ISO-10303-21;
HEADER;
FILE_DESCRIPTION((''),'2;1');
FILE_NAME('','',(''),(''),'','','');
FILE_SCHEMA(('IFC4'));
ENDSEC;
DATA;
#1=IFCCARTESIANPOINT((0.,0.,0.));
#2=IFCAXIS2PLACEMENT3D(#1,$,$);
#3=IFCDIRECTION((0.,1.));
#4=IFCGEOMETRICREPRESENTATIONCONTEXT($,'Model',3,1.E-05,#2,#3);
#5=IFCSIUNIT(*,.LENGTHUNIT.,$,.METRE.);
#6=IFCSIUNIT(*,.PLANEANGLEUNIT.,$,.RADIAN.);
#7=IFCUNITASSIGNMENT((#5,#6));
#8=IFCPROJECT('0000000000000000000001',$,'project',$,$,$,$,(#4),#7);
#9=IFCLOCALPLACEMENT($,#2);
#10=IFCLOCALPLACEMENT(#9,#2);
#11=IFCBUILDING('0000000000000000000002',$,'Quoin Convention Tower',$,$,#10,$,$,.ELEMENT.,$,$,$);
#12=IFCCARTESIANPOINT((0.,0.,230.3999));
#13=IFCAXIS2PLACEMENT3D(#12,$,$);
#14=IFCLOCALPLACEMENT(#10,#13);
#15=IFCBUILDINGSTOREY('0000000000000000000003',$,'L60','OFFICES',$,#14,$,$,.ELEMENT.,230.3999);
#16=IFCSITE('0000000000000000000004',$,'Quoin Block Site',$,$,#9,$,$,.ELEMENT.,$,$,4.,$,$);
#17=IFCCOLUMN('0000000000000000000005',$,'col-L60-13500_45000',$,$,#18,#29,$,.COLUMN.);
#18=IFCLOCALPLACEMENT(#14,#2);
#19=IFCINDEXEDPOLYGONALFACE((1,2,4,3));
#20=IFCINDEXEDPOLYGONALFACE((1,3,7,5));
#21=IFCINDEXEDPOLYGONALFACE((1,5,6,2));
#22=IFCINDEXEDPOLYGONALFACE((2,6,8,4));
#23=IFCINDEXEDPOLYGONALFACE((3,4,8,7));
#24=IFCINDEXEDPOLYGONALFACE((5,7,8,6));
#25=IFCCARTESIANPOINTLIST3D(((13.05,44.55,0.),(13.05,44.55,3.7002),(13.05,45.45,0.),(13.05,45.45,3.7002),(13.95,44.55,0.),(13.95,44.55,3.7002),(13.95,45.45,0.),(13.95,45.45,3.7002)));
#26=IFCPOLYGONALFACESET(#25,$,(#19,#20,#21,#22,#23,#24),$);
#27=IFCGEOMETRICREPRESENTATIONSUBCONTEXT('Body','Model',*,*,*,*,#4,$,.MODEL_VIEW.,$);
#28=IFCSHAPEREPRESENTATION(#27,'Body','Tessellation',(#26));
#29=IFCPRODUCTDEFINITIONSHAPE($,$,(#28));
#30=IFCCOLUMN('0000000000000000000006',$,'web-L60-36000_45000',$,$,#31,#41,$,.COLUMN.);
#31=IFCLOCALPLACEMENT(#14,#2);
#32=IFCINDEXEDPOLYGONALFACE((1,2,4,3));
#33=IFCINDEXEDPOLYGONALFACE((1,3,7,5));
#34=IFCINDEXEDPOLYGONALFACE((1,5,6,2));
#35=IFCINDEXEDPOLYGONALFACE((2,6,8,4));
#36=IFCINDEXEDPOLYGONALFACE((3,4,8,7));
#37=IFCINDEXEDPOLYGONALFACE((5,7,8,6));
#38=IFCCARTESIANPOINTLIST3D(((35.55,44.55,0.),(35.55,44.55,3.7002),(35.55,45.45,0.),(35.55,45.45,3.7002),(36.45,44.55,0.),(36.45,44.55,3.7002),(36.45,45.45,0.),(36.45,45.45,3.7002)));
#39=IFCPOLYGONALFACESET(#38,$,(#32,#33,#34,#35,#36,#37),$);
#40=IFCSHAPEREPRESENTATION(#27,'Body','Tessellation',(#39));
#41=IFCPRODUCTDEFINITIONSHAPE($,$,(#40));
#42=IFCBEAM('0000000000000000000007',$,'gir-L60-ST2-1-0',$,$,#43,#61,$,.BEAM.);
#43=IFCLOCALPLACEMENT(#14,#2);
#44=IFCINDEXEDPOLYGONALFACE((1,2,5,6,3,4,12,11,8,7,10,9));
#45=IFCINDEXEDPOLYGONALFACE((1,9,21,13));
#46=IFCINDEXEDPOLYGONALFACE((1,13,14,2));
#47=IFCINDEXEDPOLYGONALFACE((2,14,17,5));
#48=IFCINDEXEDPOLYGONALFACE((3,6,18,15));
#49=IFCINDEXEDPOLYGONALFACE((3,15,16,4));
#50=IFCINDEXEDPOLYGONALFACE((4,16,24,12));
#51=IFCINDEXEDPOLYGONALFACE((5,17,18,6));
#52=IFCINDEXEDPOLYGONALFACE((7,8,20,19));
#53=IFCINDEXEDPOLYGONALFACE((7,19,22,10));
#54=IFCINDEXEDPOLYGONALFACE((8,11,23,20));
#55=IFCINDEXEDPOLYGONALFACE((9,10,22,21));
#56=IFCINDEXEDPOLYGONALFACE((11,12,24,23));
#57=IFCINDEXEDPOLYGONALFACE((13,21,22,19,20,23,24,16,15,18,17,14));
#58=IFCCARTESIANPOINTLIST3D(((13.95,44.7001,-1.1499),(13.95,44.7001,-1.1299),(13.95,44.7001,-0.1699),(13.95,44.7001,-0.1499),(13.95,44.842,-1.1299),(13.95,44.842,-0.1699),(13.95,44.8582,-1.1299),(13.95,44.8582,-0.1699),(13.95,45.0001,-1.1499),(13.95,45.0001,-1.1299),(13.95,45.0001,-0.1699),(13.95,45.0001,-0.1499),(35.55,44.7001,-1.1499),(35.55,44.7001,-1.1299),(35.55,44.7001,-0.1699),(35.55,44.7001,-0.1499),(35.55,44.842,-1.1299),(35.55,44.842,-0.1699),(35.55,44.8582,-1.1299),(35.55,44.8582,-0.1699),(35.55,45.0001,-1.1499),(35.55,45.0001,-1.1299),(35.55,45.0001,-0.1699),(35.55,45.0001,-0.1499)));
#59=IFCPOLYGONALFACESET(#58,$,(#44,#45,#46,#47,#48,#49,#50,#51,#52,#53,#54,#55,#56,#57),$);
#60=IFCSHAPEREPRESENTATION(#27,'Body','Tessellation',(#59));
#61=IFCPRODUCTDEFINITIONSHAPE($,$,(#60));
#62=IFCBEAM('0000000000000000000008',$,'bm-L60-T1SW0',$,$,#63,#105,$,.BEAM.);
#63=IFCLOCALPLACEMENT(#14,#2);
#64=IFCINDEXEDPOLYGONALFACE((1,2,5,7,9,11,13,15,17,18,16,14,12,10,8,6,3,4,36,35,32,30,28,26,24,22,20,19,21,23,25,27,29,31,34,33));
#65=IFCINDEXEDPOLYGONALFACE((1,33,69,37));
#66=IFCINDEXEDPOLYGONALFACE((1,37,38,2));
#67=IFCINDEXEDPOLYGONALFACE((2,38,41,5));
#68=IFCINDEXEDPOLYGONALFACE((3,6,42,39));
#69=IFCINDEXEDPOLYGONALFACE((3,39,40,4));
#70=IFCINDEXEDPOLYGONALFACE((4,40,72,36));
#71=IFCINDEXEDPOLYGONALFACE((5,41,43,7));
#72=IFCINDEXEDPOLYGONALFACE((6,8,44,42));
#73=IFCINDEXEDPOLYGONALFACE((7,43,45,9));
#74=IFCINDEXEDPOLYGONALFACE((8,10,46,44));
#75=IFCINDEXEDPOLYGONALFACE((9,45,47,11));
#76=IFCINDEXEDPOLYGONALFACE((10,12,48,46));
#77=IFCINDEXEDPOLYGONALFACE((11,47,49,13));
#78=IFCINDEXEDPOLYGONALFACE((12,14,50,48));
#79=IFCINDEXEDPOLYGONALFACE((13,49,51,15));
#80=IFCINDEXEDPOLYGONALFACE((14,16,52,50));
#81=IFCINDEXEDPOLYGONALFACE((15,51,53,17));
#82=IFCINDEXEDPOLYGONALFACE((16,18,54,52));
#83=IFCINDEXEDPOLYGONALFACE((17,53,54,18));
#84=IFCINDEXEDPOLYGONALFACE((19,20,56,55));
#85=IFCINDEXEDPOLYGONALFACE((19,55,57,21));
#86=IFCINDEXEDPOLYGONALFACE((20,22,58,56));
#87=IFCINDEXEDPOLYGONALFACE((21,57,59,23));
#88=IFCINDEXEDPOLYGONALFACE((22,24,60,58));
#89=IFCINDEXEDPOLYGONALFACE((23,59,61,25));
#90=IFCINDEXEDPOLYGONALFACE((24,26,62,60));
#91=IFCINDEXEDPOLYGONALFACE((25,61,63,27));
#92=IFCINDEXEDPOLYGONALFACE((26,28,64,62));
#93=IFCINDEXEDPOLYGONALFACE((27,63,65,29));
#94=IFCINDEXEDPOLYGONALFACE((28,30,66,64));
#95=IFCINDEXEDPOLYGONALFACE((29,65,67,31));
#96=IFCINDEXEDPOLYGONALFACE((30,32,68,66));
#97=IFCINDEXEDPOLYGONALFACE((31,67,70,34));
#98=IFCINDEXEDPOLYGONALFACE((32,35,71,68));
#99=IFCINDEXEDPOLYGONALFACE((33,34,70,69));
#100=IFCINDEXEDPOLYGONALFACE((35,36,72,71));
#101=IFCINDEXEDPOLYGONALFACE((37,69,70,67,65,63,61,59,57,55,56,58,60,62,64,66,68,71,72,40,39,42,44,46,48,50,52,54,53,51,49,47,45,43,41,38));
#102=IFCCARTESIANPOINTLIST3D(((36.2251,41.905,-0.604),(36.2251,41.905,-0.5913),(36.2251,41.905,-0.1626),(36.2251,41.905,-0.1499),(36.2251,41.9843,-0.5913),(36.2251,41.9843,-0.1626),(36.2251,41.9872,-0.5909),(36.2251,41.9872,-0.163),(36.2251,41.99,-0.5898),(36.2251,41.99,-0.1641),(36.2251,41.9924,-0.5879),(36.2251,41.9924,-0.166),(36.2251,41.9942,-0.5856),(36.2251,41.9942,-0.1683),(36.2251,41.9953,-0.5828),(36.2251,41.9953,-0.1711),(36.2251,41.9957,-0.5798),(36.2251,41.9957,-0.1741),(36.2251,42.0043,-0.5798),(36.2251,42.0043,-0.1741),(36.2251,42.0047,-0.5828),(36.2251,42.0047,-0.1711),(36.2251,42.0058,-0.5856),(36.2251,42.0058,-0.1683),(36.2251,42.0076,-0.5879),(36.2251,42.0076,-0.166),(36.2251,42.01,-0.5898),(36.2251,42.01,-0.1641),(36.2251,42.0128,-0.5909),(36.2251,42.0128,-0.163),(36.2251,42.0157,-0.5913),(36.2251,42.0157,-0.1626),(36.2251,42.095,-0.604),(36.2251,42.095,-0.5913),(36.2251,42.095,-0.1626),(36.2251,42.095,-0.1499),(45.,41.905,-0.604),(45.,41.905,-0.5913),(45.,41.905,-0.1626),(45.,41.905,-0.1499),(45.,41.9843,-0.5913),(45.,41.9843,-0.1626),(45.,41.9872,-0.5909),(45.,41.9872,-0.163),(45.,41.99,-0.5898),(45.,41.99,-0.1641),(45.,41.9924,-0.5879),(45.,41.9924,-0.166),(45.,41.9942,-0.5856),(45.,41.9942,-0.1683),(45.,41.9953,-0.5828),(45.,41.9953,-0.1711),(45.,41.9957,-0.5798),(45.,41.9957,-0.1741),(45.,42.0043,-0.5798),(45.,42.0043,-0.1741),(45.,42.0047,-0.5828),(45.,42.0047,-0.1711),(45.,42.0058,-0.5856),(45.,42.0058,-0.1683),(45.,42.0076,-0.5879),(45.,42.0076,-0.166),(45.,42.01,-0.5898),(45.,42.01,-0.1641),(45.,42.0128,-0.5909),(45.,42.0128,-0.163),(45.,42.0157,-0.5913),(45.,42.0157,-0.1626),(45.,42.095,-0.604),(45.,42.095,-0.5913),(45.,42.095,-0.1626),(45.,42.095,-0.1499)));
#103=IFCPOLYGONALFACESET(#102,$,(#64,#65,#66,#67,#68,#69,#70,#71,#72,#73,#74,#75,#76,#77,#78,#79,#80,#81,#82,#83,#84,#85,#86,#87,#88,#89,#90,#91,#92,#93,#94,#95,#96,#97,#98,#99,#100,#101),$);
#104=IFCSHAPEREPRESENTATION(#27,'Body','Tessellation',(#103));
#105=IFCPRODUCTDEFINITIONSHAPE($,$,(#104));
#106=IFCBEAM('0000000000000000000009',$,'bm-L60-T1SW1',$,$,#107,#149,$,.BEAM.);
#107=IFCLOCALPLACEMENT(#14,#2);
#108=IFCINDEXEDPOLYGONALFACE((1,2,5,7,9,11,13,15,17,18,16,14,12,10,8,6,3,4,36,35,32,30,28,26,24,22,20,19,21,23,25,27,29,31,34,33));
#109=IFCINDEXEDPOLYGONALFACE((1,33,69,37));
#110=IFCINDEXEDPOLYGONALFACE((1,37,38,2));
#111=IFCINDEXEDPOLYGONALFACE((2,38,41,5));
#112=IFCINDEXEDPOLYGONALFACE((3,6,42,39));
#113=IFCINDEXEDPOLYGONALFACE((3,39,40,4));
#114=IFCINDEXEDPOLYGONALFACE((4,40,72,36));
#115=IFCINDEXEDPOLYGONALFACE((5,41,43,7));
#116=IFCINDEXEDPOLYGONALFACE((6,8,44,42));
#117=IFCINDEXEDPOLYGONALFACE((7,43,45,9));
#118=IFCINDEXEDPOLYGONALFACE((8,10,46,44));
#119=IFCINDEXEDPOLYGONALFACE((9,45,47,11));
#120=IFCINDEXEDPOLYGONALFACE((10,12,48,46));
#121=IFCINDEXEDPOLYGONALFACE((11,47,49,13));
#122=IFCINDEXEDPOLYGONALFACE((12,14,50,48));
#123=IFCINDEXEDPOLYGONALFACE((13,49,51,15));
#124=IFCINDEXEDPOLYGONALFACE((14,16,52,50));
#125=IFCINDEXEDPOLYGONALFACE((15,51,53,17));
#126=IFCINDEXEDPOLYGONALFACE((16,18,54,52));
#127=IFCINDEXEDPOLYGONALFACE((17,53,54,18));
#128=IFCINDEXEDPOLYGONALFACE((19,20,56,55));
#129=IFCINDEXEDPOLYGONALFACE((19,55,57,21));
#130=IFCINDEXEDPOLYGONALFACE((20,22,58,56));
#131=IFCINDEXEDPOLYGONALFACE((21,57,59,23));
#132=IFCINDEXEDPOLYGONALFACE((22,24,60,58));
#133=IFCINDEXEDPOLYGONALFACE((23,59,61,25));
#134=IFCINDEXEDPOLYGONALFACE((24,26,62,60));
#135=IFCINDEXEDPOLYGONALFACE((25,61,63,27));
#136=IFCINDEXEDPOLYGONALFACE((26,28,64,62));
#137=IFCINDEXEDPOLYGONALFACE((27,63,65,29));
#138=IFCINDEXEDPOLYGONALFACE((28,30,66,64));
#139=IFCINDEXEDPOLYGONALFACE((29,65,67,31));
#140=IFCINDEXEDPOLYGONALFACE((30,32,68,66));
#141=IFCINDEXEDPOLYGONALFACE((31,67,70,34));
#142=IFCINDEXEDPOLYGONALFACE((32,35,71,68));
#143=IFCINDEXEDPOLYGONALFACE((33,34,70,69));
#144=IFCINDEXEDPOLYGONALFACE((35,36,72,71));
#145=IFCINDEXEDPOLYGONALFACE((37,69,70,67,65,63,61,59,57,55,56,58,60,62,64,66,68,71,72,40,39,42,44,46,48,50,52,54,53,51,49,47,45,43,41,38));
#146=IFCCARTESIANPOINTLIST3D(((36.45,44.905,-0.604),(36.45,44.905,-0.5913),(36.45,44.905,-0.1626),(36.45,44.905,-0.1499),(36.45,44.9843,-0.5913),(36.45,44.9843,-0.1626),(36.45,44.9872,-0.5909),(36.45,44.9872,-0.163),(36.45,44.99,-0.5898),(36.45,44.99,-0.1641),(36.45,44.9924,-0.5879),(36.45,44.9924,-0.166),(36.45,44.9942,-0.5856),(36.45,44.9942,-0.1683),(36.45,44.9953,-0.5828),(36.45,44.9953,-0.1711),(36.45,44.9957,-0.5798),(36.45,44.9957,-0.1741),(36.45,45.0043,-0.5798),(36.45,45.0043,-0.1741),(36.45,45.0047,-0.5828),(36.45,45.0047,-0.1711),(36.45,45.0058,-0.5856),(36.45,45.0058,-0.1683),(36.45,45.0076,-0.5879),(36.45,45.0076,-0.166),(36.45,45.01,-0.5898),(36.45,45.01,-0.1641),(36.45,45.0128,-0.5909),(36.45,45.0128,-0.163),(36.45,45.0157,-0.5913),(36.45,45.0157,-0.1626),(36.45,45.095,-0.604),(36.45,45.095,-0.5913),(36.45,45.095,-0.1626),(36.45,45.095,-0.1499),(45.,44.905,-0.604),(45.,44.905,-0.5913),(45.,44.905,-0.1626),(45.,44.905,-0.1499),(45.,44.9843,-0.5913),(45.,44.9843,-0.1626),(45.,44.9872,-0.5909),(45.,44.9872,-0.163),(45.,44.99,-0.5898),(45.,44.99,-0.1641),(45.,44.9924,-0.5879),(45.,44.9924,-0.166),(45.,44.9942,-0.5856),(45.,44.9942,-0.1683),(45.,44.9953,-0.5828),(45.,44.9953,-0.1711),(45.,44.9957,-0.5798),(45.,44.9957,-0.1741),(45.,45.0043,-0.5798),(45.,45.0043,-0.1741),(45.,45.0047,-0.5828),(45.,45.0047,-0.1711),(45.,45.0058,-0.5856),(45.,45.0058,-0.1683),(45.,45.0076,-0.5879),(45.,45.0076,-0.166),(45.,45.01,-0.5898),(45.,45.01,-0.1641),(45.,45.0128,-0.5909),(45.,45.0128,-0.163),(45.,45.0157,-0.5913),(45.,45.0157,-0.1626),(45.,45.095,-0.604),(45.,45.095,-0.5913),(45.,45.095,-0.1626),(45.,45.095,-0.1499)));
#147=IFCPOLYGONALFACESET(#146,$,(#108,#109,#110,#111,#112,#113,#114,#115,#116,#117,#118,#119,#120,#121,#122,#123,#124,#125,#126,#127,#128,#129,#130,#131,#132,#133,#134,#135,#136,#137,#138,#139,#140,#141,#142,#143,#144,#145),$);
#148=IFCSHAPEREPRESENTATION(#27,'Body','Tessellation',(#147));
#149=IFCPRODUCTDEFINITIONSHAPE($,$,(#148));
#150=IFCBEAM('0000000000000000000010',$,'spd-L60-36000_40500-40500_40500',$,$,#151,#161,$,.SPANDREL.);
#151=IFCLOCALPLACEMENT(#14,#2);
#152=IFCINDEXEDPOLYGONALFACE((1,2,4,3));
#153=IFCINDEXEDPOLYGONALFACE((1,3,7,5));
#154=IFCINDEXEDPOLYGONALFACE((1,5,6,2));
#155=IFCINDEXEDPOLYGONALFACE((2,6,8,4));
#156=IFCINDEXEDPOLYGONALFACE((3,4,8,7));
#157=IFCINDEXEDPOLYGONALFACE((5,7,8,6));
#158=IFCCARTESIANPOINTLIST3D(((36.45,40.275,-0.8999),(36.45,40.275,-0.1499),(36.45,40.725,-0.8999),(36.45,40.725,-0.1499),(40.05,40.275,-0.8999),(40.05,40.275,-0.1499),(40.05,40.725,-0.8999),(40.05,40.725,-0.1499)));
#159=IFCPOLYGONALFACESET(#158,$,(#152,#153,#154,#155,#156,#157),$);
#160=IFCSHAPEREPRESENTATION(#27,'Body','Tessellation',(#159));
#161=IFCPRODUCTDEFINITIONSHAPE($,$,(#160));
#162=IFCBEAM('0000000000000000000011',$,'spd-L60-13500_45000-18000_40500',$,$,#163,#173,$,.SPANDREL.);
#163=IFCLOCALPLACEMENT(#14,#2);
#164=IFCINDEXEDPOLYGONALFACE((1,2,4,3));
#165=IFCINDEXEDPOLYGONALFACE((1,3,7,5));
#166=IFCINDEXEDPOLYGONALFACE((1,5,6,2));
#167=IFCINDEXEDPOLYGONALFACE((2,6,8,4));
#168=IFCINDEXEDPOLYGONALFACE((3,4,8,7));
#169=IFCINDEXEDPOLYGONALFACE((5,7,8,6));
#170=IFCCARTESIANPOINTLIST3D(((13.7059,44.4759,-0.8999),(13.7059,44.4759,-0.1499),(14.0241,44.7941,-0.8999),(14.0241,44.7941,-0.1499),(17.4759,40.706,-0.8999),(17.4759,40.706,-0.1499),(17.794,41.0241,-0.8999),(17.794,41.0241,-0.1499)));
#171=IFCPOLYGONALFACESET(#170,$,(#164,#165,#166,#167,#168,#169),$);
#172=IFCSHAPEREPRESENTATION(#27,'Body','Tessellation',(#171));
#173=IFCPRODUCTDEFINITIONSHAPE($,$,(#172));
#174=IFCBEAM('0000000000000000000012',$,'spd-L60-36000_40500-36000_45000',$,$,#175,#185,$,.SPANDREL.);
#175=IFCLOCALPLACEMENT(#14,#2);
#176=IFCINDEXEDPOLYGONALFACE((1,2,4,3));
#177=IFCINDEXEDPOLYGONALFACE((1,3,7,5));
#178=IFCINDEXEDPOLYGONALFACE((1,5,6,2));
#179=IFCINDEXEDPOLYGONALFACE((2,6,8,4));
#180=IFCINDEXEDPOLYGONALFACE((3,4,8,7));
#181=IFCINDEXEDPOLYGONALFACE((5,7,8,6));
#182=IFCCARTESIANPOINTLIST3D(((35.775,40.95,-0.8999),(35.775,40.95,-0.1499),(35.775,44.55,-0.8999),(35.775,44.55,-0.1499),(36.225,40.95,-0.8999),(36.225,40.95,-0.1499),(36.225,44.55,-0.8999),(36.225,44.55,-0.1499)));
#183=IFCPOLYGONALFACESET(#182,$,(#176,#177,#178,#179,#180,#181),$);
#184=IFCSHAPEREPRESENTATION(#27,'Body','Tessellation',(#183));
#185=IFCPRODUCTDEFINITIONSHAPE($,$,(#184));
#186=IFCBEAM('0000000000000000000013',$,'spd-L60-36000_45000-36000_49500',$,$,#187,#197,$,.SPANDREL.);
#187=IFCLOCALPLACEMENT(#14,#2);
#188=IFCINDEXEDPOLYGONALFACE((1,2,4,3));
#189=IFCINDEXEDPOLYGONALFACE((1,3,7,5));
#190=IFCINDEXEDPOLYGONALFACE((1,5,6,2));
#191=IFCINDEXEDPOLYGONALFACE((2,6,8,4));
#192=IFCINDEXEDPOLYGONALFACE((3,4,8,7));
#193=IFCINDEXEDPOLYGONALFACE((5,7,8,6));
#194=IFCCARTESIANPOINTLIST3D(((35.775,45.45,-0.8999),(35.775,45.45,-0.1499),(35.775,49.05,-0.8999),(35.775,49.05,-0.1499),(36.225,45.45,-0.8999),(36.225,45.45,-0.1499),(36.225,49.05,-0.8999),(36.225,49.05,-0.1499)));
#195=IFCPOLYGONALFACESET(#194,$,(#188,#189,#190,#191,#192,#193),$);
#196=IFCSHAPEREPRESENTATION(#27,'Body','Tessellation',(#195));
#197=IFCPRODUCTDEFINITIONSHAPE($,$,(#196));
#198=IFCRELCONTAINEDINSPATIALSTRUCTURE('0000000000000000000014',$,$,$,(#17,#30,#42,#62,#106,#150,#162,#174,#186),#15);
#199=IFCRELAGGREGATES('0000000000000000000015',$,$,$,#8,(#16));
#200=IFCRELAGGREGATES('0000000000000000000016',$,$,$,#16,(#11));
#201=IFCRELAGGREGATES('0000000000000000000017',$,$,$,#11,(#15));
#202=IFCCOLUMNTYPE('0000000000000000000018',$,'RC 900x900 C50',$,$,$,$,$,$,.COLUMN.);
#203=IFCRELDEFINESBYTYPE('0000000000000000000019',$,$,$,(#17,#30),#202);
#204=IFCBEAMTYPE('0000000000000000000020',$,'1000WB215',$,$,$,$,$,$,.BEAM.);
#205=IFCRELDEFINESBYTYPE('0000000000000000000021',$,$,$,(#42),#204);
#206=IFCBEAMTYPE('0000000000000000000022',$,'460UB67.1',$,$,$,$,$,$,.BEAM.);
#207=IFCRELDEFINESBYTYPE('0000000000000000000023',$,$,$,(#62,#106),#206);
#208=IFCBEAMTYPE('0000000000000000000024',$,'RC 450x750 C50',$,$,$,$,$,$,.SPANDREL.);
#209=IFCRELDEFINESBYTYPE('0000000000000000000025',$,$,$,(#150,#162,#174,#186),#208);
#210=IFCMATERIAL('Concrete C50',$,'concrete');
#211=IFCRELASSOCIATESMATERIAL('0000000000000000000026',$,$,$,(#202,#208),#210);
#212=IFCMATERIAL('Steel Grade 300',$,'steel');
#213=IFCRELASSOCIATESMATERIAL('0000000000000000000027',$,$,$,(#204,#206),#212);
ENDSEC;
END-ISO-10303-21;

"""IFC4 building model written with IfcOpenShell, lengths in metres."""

from ifc_helpers import new_model, si_unit, direction, frame, origin, origin_2d, place, context, subcontext, project, spatial, rectangle, i_section, extrude, material, material_profile, profile_set, type_object, element, save


model = new_model("IFC4")

# Units and contexts
model_context = context("Model", 3, precision=1e-05, world=origin(), true_north=direction((0.0, 1.0)))
body_context = subcontext(model_context, "Body", "Model", "MODEL_VIEW")
ifc_project = project(units=[si_unit("LENGTHUNIT", "METRE"), si_unit("PLANEANGLEUNIT", "RADIAN")], contexts=[model_context])

# Site, building, storey
site_placement = place(None, origin())
site = spatial("IfcSite", under=ifc_project, at=site_placement, Name="Quoin Block Site", CompositionType="ELEMENT", RefElevation=4.0)
building_placement = place(site_placement, origin())
building = spatial("IfcBuilding", under=site, at=building_placement, Name="Quoin Convention Tower", CompositionType="ELEMENT")
storey_placement = place(building_placement, frame((0.0, 0.0, 230.3999)))
storey = spatial("IfcBuildingStorey", under=building, at=storey_placement, Name="L60", Description="OFFICES", CompositionType="ELEMENT", Elevation=230.3999)

# Columns
ifc_material_1 = material(Name="Concrete C50", Category="concrete")
ifc_material_profile_1 = material_profile(ifc_material_1, rectangle(XDim=0.8999, YDim=0.8999, at=origin_2d()), Name="RC 900x900")
ifc_profile_set_1 = profile_set([ifc_material_profile_1], Name="Concrete C50")
column_type = type_object("IfcColumnType", Name="RC 900x900 C50", PredefinedType="COLUMN", material=ifc_profile_set_1)
for number, where, z_axis, x_axis, name in (
    (1, (13.5, 45.0, 0.0), (0.0, 0.0, 1.0), (1.0, 0.0, 0.0), "col-L60-13500_45000"),
    (2, (36.0, 45.0, 0.0), (0.0, 0.0, 1.0), (1.0, 0.0, 0.0), "web-L60-36000_45000"),
):
    element("IfcColumn", number, at=place(storey_placement, frame(where, z_axis=z_axis, x_axis=x_axis)), inside=storey, type_object=column_type, Name=name, PredefinedType="COLUMN", context=body_context, shape_type="SweptSolid", body=[
        extrude(rectangle(XDim=0.8999, YDim=0.8999, at=origin_2d()), origin(), (0.0, 0.0, 1.0), 3.7002),
    ])

# Beams
ifc_material_2 = material(Name="Steel Grade 300", Category="steel")
ifc_material_profile_2 = material_profile(ifc_material_2, i_section(OverallWidth=0.3, OverallDepth=1.0, WebThickness=0.0161, FlangeThickness=0.02, at=origin_2d()), Name="1000WB215")
ifc_profile_set_2 = profile_set([ifc_material_profile_2], Name="Steel Grade 300")
beam_type_1 = type_object("IfcBeamType", Name="1000WB215", PredefinedType="BEAM", material=ifc_profile_set_2)
beam_1_placement = place(storey_placement, frame((13.95, 44.8501, -0.6499), z_axis=(1.0, 0.0, 0.0), x_axis=(0.0, 1.0, 0.0)))
element("IfcBeam", 3, at=beam_1_placement, inside=storey, type_object=beam_type_1, Name="gir-L60-ST2-1-0", PredefinedType="BEAM", context=body_context, shape_type="SweptSolid", body=[
    extrude(i_section(OverallWidth=0.3, OverallDepth=1.0, WebThickness=0.0161, FlangeThickness=0.02, at=origin_2d()), origin(), (0.0, 0.0, 1.0), 21.6001),
])
ifc_material_profile_3 = material_profile(ifc_material_2, i_section(OverallWidth=0.1899, OverallDepth=0.4541, WebThickness=0.0085, FlangeThickness=0.0127, FilletRadius=0.0115, at=origin_2d()), Name="460UB67.1")
ifc_profile_set_3 = profile_set([ifc_material_profile_3], Name="Steel Grade 300")
beam_type_2 = type_object("IfcBeamType", Name="460UB67.1", PredefinedType="BEAM", material=ifc_profile_set_3)
beam_2_placement = place(storey_placement, frame((36.2251, 42.0, -0.377), z_axis=(1.0, 0.0, 0.0), x_axis=(0.0, 1.0, 0.0)))
element("IfcBeam", 4, at=beam_2_placement, inside=storey, type_object=beam_type_2, Name="bm-L60-T1SW0", PredefinedType="BEAM", context=body_context, shape_type="SweptSolid", body=[
    extrude(i_section(OverallWidth=0.1899, OverallDepth=0.4541, WebThickness=0.0085, FlangeThickness=0.0127, FilletRadius=0.0115, at=origin_2d()), origin(), (0.0, 0.0, 1.0), 8.7749),
])
beam_3_placement = place(storey_placement, frame((36.45, 45.0, -0.377), z_axis=(1.0, 0.0, 0.0), x_axis=(0.0, 1.0, 0.0)))
element("IfcBeam", 5, at=beam_3_placement, inside=storey, type_object=beam_type_2, Name="bm-L60-T1SW1", PredefinedType="BEAM", context=body_context, shape_type="SweptSolid", body=[
    extrude(i_section(OverallWidth=0.1899, OverallDepth=0.4541, WebThickness=0.0085, FlangeThickness=0.0127, FilletRadius=0.0115, at=origin_2d()), origin(), (0.0, 0.0, 1.0), 8.55),
])
ifc_material_profile_4 = material_profile(ifc_material_1, rectangle(XDim=0.45, YDim=0.75, at=origin_2d()), Name="RC 450x750")
ifc_profile_set_4 = profile_set([ifc_material_profile_4], Name="Concrete C50")
beam_type_3 = type_object("IfcBeamType", Name="RC 450x750 C50", PredefinedType="SPANDREL", material=ifc_profile_set_4)
beam_4_placement = place(storey_placement, frame((36.45, 40.5, -0.5249), z_axis=(1.0, 0.0, 0.0), x_axis=(0.0, 1.0, 0.0)))
element("IfcBeam", 6, at=beam_4_placement, inside=storey, type_object=beam_type_3, Name="spd-L60-36000_40500-40500_40500", PredefinedType="SPANDREL", context=body_context, shape_type="SweptSolid", body=[
    extrude(rectangle(XDim=0.45, YDim=0.75, at=origin_2d()), origin(), (0.0, 0.0, 1.0), 3.6001),
])
beam_5_placement = place(storey_placement, frame((13.865, 44.635, -0.5249), z_axis=(0.707107, -0.707107, 0.0), x_axis=(0.707107, 0.707107, 0.0)))
element("IfcBeam", 7, at=beam_5_placement, inside=storey, type_object=beam_type_3, Name="spd-L60-13500_45000-18000_40500", PredefinedType="SPANDREL", context=body_context, shape_type="SweptSolid", body=[
    extrude(rectangle(XDim=0.45, YDim=0.75, at=origin_2d()), origin(), (0.0, 0.0, 1.0), 5.3315),
])
for number, where, z_axis, x_axis, name in (
    (8, (36.0, 40.95, -0.5249), (0.0, 1.0, 0.0), (-1.0, 0.0, 0.0), "spd-L60-36000_40500-36000_45000"),
    (9, (36.0, 45.45, -0.5249), (0.0, 1.0, 0.0), (-1.0, 0.0, 0.0), "spd-L60-36000_45000-36000_49500"),
):
    element("IfcBeam", number, at=place(storey_placement, frame(where, z_axis=z_axis, x_axis=x_axis)), inside=storey, type_object=beam_type_3, Name=name, PredefinedType="SPANDREL", context=body_context, shape_type="SweptSolid", body=[
        extrude(rectangle(XDim=0.45, YDim=0.75, at=origin_2d()), origin(), (0.0, 0.0, 1.0), 3.6001),
    ])

save(model, "model.ifc")
